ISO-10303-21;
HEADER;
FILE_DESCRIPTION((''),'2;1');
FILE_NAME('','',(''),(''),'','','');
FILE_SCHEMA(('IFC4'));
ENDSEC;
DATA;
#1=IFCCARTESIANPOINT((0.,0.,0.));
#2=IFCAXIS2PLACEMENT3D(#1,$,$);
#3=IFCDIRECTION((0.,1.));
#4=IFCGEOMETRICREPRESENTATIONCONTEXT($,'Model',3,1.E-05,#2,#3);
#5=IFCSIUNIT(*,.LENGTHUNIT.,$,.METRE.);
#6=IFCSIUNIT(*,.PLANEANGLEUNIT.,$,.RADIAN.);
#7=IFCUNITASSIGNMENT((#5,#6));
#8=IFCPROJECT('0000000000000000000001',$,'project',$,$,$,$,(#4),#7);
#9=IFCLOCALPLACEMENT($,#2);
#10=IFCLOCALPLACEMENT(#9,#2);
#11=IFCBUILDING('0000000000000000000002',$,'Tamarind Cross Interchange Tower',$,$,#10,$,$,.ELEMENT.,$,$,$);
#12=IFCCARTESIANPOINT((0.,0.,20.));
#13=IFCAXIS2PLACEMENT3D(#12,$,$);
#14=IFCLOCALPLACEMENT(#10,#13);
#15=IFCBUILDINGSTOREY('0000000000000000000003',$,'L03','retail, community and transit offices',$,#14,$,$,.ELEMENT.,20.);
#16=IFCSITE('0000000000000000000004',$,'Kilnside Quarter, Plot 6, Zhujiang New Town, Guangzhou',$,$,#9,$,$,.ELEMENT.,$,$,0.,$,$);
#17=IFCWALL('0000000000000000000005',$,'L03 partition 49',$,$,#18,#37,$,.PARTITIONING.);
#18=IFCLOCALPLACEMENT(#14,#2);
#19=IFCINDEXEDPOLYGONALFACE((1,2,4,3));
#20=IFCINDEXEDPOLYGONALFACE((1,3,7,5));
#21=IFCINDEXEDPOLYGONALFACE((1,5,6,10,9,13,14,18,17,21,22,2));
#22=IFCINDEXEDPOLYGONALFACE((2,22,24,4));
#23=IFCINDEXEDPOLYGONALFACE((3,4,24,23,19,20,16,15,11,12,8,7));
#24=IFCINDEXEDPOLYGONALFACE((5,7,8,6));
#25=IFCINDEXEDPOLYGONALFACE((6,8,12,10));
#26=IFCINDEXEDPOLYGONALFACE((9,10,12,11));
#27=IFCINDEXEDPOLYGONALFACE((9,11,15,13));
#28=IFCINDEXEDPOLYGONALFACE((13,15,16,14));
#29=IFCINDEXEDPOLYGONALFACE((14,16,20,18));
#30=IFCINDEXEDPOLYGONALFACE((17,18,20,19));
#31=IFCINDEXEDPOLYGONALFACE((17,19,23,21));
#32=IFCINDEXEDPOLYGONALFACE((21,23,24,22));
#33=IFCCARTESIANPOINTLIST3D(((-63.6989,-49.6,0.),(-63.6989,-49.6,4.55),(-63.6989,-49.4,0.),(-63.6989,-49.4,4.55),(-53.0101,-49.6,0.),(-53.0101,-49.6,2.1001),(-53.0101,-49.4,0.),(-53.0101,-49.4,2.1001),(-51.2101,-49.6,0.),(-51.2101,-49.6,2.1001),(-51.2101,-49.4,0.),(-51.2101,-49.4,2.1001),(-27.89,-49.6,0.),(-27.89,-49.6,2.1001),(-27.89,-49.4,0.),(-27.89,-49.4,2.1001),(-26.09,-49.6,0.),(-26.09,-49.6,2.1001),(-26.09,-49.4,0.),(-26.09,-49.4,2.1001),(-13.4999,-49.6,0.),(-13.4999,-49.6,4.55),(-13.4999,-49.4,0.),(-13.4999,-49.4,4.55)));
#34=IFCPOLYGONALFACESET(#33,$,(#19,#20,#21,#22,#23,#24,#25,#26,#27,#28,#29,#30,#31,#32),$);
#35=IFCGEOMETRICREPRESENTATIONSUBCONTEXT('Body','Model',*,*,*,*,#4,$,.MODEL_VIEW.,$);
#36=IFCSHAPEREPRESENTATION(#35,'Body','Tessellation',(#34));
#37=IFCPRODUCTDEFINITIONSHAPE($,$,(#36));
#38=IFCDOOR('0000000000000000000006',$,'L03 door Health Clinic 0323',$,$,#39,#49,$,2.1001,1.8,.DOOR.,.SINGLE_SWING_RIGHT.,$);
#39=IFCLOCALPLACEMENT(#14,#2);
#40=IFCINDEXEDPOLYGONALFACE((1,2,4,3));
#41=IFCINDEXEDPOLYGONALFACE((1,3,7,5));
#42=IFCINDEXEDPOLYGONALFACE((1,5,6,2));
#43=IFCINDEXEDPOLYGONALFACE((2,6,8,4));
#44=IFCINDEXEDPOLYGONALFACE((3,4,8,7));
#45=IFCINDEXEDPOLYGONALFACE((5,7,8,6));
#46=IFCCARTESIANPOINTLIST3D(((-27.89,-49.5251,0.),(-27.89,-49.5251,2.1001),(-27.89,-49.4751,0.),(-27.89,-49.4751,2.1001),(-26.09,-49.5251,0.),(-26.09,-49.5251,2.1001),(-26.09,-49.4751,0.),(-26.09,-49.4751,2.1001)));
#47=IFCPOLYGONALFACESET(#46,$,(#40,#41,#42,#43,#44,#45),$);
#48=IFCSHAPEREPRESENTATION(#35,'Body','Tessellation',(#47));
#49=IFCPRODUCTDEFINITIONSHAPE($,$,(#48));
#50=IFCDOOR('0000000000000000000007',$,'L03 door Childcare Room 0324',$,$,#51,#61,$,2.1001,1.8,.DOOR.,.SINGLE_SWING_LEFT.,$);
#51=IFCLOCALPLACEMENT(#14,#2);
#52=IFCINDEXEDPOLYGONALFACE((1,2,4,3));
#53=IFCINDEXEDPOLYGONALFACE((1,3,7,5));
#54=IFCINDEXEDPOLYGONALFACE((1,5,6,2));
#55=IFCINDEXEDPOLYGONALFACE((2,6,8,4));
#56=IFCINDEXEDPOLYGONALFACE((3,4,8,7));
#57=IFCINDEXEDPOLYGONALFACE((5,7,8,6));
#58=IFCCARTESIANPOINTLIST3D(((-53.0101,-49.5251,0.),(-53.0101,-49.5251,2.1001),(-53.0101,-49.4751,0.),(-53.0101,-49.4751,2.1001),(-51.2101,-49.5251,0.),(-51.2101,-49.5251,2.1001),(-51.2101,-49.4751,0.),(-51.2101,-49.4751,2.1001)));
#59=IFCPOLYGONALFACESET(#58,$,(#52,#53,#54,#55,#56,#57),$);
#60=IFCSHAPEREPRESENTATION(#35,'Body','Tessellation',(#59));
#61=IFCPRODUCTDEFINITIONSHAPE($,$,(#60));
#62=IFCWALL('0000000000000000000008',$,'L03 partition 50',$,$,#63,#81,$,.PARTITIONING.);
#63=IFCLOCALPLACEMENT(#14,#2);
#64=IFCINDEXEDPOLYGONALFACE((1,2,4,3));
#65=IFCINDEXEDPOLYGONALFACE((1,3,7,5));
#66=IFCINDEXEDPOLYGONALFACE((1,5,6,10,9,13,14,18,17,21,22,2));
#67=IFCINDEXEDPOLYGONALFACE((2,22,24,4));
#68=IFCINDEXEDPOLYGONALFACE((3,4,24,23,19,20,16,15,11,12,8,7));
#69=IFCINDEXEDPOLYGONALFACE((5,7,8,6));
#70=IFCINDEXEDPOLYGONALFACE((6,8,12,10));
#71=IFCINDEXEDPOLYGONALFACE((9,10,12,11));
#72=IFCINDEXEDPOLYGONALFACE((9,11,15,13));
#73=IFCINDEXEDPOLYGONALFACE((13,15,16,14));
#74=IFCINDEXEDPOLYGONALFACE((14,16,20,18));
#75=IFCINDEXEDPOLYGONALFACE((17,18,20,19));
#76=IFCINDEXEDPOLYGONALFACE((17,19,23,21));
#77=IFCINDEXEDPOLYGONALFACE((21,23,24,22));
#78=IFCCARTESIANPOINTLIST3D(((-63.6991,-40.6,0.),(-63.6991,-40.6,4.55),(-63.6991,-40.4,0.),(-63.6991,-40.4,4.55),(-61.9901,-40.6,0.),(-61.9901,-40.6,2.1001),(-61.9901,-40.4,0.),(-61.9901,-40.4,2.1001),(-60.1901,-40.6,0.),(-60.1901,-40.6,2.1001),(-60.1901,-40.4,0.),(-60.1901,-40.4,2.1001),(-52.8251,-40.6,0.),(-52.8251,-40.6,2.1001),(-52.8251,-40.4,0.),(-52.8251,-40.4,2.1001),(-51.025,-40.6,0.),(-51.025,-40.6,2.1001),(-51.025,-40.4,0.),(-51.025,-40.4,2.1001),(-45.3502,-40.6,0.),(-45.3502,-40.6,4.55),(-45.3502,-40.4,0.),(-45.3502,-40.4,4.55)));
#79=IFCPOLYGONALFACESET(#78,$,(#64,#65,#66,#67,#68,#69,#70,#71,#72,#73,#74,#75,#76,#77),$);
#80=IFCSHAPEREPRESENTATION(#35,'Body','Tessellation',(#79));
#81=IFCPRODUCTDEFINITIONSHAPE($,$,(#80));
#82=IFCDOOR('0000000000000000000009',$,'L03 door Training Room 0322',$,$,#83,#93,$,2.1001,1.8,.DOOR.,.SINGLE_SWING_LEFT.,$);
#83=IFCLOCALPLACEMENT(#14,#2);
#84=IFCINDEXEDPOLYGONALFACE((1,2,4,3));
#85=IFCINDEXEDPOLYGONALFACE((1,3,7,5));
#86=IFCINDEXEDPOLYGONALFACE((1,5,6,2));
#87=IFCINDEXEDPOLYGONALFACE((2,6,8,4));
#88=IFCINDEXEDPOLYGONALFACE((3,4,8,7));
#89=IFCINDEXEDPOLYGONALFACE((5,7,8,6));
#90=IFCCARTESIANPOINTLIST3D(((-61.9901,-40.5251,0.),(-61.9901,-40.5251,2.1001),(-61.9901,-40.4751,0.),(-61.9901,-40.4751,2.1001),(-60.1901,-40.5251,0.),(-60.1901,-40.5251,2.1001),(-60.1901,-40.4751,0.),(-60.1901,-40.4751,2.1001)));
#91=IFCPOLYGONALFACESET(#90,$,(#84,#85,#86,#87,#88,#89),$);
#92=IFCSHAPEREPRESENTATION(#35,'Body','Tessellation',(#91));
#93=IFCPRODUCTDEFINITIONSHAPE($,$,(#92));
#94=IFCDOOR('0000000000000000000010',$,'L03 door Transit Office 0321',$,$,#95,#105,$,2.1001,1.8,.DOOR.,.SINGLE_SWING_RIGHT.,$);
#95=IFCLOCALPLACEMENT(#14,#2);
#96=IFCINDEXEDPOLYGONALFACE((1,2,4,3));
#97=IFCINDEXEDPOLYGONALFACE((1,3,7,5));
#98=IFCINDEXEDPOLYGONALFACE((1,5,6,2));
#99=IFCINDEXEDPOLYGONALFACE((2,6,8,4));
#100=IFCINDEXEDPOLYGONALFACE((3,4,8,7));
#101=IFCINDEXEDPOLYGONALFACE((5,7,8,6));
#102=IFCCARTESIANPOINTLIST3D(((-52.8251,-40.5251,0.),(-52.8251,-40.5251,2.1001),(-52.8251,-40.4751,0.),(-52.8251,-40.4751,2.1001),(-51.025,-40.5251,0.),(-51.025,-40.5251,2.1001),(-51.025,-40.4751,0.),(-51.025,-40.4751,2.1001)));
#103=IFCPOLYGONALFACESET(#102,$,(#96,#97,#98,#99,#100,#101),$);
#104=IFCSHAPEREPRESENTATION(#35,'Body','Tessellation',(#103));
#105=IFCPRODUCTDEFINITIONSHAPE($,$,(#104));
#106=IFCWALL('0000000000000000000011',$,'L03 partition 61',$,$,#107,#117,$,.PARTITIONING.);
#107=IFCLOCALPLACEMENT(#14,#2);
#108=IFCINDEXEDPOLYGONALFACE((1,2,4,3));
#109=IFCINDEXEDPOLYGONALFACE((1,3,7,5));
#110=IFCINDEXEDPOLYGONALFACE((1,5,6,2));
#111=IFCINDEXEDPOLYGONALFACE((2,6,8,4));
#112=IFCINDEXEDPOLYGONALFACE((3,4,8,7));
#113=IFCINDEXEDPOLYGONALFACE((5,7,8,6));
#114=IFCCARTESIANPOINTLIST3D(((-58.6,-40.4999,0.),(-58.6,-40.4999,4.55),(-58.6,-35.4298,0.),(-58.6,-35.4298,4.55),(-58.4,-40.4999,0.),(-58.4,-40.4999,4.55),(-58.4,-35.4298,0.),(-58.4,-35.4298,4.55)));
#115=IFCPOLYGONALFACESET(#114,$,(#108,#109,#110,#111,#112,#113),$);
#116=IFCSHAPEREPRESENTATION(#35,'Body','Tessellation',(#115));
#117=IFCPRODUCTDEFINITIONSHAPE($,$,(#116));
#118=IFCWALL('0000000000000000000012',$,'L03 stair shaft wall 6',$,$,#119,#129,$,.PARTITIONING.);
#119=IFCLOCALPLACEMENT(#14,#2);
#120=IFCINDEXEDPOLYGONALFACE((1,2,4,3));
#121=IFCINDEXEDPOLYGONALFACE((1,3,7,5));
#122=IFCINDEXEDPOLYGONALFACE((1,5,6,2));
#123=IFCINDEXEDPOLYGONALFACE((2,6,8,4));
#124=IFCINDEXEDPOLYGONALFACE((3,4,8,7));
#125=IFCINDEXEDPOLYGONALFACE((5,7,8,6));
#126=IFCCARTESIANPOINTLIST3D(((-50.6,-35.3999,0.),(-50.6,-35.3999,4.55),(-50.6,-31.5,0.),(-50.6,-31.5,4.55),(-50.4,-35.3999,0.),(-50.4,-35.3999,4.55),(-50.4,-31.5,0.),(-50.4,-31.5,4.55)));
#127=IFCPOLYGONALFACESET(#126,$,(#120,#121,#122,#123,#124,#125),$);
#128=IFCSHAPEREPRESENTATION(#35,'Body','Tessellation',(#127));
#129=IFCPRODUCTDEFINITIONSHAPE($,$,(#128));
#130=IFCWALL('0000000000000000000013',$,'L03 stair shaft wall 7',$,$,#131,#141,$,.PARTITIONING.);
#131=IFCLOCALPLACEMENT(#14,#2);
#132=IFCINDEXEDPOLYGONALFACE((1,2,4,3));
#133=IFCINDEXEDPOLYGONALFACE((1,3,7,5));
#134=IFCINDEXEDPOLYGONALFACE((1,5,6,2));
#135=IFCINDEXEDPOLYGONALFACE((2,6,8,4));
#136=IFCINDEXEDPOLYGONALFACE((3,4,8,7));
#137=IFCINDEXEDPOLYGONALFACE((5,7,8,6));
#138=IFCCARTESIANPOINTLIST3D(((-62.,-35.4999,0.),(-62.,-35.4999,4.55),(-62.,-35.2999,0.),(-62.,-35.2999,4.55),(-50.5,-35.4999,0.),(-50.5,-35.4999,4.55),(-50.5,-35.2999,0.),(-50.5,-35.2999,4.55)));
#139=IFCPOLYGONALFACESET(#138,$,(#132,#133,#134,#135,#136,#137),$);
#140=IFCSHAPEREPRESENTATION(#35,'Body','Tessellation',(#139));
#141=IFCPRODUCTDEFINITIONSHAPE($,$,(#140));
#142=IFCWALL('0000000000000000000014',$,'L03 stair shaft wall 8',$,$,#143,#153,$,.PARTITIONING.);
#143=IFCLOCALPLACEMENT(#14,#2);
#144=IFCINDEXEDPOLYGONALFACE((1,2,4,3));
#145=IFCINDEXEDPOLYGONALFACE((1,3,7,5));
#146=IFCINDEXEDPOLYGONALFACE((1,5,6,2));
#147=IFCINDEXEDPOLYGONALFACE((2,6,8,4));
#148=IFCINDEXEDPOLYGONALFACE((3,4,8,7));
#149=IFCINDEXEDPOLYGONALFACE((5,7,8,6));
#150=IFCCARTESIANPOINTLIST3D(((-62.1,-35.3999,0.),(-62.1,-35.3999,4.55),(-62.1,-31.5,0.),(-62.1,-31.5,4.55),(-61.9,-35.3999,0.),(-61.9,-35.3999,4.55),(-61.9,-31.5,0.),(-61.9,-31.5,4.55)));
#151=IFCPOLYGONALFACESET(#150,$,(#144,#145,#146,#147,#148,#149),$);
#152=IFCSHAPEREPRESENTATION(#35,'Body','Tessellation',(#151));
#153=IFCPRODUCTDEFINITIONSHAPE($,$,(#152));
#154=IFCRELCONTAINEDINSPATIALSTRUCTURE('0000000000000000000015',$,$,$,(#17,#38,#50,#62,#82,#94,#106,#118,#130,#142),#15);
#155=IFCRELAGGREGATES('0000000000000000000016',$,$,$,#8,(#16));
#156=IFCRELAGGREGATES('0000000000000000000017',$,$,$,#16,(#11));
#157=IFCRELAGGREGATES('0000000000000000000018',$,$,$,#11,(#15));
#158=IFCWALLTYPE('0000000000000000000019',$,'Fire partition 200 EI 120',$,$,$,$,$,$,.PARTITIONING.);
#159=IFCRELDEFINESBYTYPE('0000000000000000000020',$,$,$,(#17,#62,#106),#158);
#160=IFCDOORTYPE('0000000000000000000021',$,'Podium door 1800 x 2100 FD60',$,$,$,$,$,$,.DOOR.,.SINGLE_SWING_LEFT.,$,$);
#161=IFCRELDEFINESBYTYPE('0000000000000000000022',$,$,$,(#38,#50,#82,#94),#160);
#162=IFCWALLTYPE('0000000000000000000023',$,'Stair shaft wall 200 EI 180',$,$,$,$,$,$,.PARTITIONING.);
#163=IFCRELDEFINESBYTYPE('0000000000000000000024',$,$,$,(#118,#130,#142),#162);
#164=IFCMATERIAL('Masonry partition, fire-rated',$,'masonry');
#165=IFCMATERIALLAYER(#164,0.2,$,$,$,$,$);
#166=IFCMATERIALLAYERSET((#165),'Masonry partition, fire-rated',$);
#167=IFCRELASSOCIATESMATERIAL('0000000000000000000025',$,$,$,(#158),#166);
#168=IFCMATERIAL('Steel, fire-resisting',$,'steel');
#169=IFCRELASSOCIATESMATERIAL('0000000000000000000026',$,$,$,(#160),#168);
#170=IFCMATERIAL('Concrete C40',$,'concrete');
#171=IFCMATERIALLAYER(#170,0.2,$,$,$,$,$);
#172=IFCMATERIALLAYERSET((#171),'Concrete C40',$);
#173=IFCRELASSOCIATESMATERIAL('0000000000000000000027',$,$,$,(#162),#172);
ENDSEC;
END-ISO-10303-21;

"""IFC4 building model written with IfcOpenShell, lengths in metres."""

from ifc_helpers import new_model, si_unit, direction, frame, frame_2d, origin, place, context, subcontext, project, spatial, rectangle, extrude, material, layer, layer_set, type_object, element, fill, save


model = new_model("IFC4")

# Units and contexts
model_context = context("Model", 3, precision=1e-05, world=origin(), true_north=direction((0.0, 1.0)))
body_context = subcontext(model_context, "Body", "Model", "MODEL_VIEW")
ifc_project = project(units=[si_unit("LENGTHUNIT", "METRE"), si_unit("PLANEANGLEUNIT", "RADIAN")], contexts=[model_context])

# Site, building, storey
site_placement = place(None, origin())
site = spatial("IfcSite", under=ifc_project, at=site_placement, Name="Kilnside Quarter, Plot 6, Zhujiang New Town, Guangzhou", CompositionType="ELEMENT", RefElevation=0.0)
building_placement = place(site_placement, origin())
building = spatial("IfcBuilding", under=site, at=building_placement, Name="Tamarind Cross Interchange Tower", CompositionType="ELEMENT")
storey_placement = place(building_placement, frame((0.0, 0.0, 20.0)))
storey = spatial("IfcBuildingStorey", under=building, at=storey_placement, Name="L03", Description="retail, community and transit offices", CompositionType="ELEMENT", Elevation=20.0)

# Walls, openings, doors
ifc_material_1 = material(Name="Masonry partition, fire-rated", Category="masonry")
ifc_layer_1 = layer(ifc_material_1, 0.2)
ifc_layer_set_1 = layer_set([ifc_layer_1], Name="Masonry partition, fire-rated")
wall_type_1 = type_object("IfcWallType", Name="Fire partition 200 EI 120", PredefinedType="PARTITIONING", material=ifc_layer_set_1)
wall_1_placement = place(storey_placement, frame((-63.699, -49.5, 0.0), z_axis=(0.0, 0.0, 1.0), x_axis=(1.0, 0.0, 0.0)))
wall_1 = element("IfcWall", 1, at=wall_1_placement, inside=storey, type_object=wall_type_1, Name="L03 partition 49", PredefinedType="PARTITIONING", context=body_context, shape_type="SweptSolid", body=[
    extrude(rectangle(XDim=50.199, YDim=0.2, at=frame_2d((25.0996, 0.0))), origin(), (0.0, 0.0, 1.0), 4.55),
])
opening_1_placement = place(wall_1_placement, frame((35.8091, 0.0, 0.0)))
opening_1 = element("IfcOpeningElement", 2, at=opening_1_placement, cuts=wall_1, PredefinedType="OPENING", context=body_context, shape_type="SweptSolid", body=[
    extrude(rectangle(XDim=1.8, YDim=2.1001, at=frame_2d((0.8999, 1.05))), frame((0.0, 0.1099, 0.0), z_axis=(0.0, -1.0, 0.0), x_axis=(1.0, 0.0, 0.0)), (0.0, 0.0, 1.0), 0.22),
])
opening_2_placement = place(wall_1_placement, frame((10.689, 0.0, 0.0)))
opening_2 = element("IfcOpeningElement", 3, at=opening_2_placement, cuts=wall_1, PredefinedType="OPENING", context=body_context, shape_type="SweptSolid", body=[
    extrude(rectangle(XDim=1.8, YDim=2.1001, at=frame_2d((0.8999, 1.05))), frame((0.0, 0.1099, 0.0), z_axis=(0.0, -1.0, 0.0), x_axis=(1.0, 0.0, 0.0)), (0.0, 0.0, 1.0), 0.22),
])
ifc_material_2 = material(Name="Steel, fire-resisting", Category="steel")
door_type = type_object("IfcDoorType", Name="Podium door 1800 x 2100 FD60", OperationType="SINGLE_SWING_LEFT", PredefinedType="DOOR", material=ifc_material_2)
door_1_placement = place(opening_1_placement, origin())
door_1 = element("IfcDoor", 4, at=door_1_placement, inside=storey, type_object=door_type, Name="L03 door Health Clinic 0323", OperationType="SINGLE_SWING_RIGHT", OverallHeight=2.1001, OverallWidth=1.8, PredefinedType="DOOR", context=body_context, shape_type="SweptSolid", body=[
    extrude(rectangle(XDim=1.8, YDim=2.1001, at=frame_2d((0.8999, 1.05))), frame((0.0, 0.0249, 0.0), z_axis=(0.0, -1.0, 0.0), x_axis=(1.0, 0.0, 0.0)), (0.0, 0.0, 1.0), 0.05),
])
fill(opening_1, door_1)
door_2_placement = place(opening_2_placement, origin())
door_2 = element("IfcDoor", 5, at=door_2_placement, inside=storey, type_object=door_type, Name="L03 door Childcare Room 0324", OperationType="SINGLE_SWING_LEFT", OverallHeight=2.1001, OverallWidth=1.8, PredefinedType="DOOR", context=body_context, shape_type="SweptSolid", body=[
    extrude(rectangle(XDim=1.8, YDim=2.1001, at=frame_2d((0.8999, 1.05))), frame((0.0, 0.0249, 0.0), z_axis=(0.0, -1.0, 0.0), x_axis=(1.0, 0.0, 0.0)), (0.0, 0.0, 1.0), 0.05),
])
fill(opening_2, door_2)
wall_2_placement = place(storey_placement, frame((-63.699, -40.5, 0.0), z_axis=(0.0, 0.0, 1.0), x_axis=(1.0, 0.0, 0.0)))
wall_2 = element("IfcWall", 6, at=wall_2_placement, inside=storey, type_object=wall_type_1, Name="L03 partition 50", PredefinedType="PARTITIONING", context=body_context, shape_type="SweptSolid", body=[
    extrude(rectangle(XDim=18.3489, YDim=0.2, at=frame_2d((9.1743, 0.0))), origin(), (0.0, 0.0, 1.0), 4.55),
])
opening_3_placement = place(wall_2_placement, frame((1.709, 0.0, 0.0)))
opening_3 = element("IfcOpeningElement", 7, at=opening_3_placement, cuts=wall_2, PredefinedType="OPENING", context=body_context, shape_type="SweptSolid", body=[
    extrude(rectangle(XDim=1.8, YDim=2.1001, at=frame_2d((0.8999, 1.05))), frame((0.0, 0.1099, 0.0), z_axis=(0.0, -1.0, 0.0), x_axis=(1.0, 0.0, 0.0)), (0.0, 0.0, 1.0), 0.22),
])
opening_4_placement = place(wall_2_placement, frame((10.874, 0.0, 0.0)))
opening_4 = element("IfcOpeningElement", 8, at=opening_4_placement, cuts=wall_2, PredefinedType="OPENING", context=body_context, shape_type="SweptSolid", body=[
    extrude(rectangle(XDim=1.8, YDim=2.1001, at=frame_2d((0.8999, 1.05))), frame((0.0, 0.1099, 0.0), z_axis=(0.0, -1.0, 0.0), x_axis=(1.0, 0.0, 0.0)), (0.0, 0.0, 1.0), 0.22),
])
door_3_placement = place(opening_3_placement, origin())
door_3 = element("IfcDoor", 9, at=door_3_placement, inside=storey, type_object=door_type, Name="L03 door Training Room 0322", OperationType="SINGLE_SWING_LEFT", OverallHeight=2.1001, OverallWidth=1.8, PredefinedType="DOOR", context=body_context, shape_type="SweptSolid", body=[
    extrude(rectangle(XDim=1.8, YDim=2.1001, at=frame_2d((0.8999, 1.05))), frame((0.0, 0.0249, 0.0), z_axis=(0.0, -1.0, 0.0), x_axis=(1.0, 0.0, 0.0)), (0.0, 0.0, 1.0), 0.05),
])
fill(opening_3, door_3)
door_4_placement = place(opening_4_placement, origin())
door_4 = element("IfcDoor", 10, at=door_4_placement, inside=storey, type_object=door_type, Name="L03 door Transit Office 0321", OperationType="SINGLE_SWING_RIGHT", OverallHeight=2.1001, OverallWidth=1.8, PredefinedType="DOOR", context=body_context, shape_type="SweptSolid", body=[
    extrude(rectangle(XDim=1.8, YDim=2.1001, at=frame_2d((0.8999, 1.05))), frame((0.0, 0.0249, 0.0), z_axis=(0.0, -1.0, 0.0), x_axis=(1.0, 0.0, 0.0)), (0.0, 0.0, 1.0), 0.05),
])
fill(opening_4, door_4)

# Walls
wall_3_placement = place(storey_placement, frame((-58.5, -40.5, 0.0), z_axis=(0.0, 0.0, 1.0), x_axis=(0.0, 1.0, 0.0)))
element("IfcWall", 11, at=wall_3_placement, inside=storey, type_object=wall_type_1, Name="L03 partition 61", PredefinedType="PARTITIONING", context=body_context, shape_type="SweptSolid", body=[
    extrude(rectangle(XDim=5.0701, YDim=0.2, at=frame_2d((2.5352, 0.0))), origin(), (0.0, 0.0, 1.0), 4.55),
])
ifc_material_3 = material(Name="Concrete C40", Category="concrete")
ifc_layer_2 = layer(ifc_material_3, 0.2)
ifc_layer_set_2 = layer_set([ifc_layer_2], Name="Concrete C40")
wall_type_2 = type_object("IfcWallType", Name="Stair shaft wall 200 EI 180", PredefinedType="PARTITIONING", material=ifc_layer_set_2)
wall_4_placement = place(storey_placement, frame((-50.5, -35.3999, 0.0), z_axis=(0.0, 0.0, 1.0), x_axis=(0.0, 1.0, 0.0)))
element("IfcWall", 12, at=wall_4_placement, inside=storey, type_object=wall_type_2, Name="L03 stair shaft wall 6", PredefinedType="PARTITIONING", context=body_context, shape_type="SweptSolid", body=[
    extrude(rectangle(XDim=3.8999, YDim=0.2, at=frame_2d((1.95, 0.0))), origin(), (0.0, 0.0, 1.0), 4.55),
])
wall_5_placement = place(storey_placement, frame((-62.0, -35.3999, 0.0), z_axis=(0.0, 0.0, 1.0), x_axis=(1.0, 0.0, 0.0)))
element("IfcWall", 13, at=wall_5_placement, inside=storey, type_object=wall_type_2, Name="L03 stair shaft wall 7", PredefinedType="PARTITIONING", context=body_context, shape_type="SweptSolid", body=[
    extrude(rectangle(XDim=11.5, YDim=0.2, at=frame_2d((5.75, 0.0))), origin(), (0.0, 0.0, 1.0), 4.55),
])
wall_6_placement = place(storey_placement, frame((-62.0, -35.3999, 0.0), z_axis=(0.0, 0.0, 1.0), x_axis=(0.0, 1.0, 0.0)))
element("IfcWall", 14, at=wall_6_placement, inside=storey, type_object=wall_type_2, Name="L03 stair shaft wall 8", PredefinedType="PARTITIONING", context=body_context, shape_type="SweptSolid", body=[
    extrude(rectangle(XDim=3.8999, YDim=0.2, at=frame_2d((1.95, 0.0))), origin(), (0.0, 0.0, 1.0), 4.55),
])

save(model, "model.ifc")
